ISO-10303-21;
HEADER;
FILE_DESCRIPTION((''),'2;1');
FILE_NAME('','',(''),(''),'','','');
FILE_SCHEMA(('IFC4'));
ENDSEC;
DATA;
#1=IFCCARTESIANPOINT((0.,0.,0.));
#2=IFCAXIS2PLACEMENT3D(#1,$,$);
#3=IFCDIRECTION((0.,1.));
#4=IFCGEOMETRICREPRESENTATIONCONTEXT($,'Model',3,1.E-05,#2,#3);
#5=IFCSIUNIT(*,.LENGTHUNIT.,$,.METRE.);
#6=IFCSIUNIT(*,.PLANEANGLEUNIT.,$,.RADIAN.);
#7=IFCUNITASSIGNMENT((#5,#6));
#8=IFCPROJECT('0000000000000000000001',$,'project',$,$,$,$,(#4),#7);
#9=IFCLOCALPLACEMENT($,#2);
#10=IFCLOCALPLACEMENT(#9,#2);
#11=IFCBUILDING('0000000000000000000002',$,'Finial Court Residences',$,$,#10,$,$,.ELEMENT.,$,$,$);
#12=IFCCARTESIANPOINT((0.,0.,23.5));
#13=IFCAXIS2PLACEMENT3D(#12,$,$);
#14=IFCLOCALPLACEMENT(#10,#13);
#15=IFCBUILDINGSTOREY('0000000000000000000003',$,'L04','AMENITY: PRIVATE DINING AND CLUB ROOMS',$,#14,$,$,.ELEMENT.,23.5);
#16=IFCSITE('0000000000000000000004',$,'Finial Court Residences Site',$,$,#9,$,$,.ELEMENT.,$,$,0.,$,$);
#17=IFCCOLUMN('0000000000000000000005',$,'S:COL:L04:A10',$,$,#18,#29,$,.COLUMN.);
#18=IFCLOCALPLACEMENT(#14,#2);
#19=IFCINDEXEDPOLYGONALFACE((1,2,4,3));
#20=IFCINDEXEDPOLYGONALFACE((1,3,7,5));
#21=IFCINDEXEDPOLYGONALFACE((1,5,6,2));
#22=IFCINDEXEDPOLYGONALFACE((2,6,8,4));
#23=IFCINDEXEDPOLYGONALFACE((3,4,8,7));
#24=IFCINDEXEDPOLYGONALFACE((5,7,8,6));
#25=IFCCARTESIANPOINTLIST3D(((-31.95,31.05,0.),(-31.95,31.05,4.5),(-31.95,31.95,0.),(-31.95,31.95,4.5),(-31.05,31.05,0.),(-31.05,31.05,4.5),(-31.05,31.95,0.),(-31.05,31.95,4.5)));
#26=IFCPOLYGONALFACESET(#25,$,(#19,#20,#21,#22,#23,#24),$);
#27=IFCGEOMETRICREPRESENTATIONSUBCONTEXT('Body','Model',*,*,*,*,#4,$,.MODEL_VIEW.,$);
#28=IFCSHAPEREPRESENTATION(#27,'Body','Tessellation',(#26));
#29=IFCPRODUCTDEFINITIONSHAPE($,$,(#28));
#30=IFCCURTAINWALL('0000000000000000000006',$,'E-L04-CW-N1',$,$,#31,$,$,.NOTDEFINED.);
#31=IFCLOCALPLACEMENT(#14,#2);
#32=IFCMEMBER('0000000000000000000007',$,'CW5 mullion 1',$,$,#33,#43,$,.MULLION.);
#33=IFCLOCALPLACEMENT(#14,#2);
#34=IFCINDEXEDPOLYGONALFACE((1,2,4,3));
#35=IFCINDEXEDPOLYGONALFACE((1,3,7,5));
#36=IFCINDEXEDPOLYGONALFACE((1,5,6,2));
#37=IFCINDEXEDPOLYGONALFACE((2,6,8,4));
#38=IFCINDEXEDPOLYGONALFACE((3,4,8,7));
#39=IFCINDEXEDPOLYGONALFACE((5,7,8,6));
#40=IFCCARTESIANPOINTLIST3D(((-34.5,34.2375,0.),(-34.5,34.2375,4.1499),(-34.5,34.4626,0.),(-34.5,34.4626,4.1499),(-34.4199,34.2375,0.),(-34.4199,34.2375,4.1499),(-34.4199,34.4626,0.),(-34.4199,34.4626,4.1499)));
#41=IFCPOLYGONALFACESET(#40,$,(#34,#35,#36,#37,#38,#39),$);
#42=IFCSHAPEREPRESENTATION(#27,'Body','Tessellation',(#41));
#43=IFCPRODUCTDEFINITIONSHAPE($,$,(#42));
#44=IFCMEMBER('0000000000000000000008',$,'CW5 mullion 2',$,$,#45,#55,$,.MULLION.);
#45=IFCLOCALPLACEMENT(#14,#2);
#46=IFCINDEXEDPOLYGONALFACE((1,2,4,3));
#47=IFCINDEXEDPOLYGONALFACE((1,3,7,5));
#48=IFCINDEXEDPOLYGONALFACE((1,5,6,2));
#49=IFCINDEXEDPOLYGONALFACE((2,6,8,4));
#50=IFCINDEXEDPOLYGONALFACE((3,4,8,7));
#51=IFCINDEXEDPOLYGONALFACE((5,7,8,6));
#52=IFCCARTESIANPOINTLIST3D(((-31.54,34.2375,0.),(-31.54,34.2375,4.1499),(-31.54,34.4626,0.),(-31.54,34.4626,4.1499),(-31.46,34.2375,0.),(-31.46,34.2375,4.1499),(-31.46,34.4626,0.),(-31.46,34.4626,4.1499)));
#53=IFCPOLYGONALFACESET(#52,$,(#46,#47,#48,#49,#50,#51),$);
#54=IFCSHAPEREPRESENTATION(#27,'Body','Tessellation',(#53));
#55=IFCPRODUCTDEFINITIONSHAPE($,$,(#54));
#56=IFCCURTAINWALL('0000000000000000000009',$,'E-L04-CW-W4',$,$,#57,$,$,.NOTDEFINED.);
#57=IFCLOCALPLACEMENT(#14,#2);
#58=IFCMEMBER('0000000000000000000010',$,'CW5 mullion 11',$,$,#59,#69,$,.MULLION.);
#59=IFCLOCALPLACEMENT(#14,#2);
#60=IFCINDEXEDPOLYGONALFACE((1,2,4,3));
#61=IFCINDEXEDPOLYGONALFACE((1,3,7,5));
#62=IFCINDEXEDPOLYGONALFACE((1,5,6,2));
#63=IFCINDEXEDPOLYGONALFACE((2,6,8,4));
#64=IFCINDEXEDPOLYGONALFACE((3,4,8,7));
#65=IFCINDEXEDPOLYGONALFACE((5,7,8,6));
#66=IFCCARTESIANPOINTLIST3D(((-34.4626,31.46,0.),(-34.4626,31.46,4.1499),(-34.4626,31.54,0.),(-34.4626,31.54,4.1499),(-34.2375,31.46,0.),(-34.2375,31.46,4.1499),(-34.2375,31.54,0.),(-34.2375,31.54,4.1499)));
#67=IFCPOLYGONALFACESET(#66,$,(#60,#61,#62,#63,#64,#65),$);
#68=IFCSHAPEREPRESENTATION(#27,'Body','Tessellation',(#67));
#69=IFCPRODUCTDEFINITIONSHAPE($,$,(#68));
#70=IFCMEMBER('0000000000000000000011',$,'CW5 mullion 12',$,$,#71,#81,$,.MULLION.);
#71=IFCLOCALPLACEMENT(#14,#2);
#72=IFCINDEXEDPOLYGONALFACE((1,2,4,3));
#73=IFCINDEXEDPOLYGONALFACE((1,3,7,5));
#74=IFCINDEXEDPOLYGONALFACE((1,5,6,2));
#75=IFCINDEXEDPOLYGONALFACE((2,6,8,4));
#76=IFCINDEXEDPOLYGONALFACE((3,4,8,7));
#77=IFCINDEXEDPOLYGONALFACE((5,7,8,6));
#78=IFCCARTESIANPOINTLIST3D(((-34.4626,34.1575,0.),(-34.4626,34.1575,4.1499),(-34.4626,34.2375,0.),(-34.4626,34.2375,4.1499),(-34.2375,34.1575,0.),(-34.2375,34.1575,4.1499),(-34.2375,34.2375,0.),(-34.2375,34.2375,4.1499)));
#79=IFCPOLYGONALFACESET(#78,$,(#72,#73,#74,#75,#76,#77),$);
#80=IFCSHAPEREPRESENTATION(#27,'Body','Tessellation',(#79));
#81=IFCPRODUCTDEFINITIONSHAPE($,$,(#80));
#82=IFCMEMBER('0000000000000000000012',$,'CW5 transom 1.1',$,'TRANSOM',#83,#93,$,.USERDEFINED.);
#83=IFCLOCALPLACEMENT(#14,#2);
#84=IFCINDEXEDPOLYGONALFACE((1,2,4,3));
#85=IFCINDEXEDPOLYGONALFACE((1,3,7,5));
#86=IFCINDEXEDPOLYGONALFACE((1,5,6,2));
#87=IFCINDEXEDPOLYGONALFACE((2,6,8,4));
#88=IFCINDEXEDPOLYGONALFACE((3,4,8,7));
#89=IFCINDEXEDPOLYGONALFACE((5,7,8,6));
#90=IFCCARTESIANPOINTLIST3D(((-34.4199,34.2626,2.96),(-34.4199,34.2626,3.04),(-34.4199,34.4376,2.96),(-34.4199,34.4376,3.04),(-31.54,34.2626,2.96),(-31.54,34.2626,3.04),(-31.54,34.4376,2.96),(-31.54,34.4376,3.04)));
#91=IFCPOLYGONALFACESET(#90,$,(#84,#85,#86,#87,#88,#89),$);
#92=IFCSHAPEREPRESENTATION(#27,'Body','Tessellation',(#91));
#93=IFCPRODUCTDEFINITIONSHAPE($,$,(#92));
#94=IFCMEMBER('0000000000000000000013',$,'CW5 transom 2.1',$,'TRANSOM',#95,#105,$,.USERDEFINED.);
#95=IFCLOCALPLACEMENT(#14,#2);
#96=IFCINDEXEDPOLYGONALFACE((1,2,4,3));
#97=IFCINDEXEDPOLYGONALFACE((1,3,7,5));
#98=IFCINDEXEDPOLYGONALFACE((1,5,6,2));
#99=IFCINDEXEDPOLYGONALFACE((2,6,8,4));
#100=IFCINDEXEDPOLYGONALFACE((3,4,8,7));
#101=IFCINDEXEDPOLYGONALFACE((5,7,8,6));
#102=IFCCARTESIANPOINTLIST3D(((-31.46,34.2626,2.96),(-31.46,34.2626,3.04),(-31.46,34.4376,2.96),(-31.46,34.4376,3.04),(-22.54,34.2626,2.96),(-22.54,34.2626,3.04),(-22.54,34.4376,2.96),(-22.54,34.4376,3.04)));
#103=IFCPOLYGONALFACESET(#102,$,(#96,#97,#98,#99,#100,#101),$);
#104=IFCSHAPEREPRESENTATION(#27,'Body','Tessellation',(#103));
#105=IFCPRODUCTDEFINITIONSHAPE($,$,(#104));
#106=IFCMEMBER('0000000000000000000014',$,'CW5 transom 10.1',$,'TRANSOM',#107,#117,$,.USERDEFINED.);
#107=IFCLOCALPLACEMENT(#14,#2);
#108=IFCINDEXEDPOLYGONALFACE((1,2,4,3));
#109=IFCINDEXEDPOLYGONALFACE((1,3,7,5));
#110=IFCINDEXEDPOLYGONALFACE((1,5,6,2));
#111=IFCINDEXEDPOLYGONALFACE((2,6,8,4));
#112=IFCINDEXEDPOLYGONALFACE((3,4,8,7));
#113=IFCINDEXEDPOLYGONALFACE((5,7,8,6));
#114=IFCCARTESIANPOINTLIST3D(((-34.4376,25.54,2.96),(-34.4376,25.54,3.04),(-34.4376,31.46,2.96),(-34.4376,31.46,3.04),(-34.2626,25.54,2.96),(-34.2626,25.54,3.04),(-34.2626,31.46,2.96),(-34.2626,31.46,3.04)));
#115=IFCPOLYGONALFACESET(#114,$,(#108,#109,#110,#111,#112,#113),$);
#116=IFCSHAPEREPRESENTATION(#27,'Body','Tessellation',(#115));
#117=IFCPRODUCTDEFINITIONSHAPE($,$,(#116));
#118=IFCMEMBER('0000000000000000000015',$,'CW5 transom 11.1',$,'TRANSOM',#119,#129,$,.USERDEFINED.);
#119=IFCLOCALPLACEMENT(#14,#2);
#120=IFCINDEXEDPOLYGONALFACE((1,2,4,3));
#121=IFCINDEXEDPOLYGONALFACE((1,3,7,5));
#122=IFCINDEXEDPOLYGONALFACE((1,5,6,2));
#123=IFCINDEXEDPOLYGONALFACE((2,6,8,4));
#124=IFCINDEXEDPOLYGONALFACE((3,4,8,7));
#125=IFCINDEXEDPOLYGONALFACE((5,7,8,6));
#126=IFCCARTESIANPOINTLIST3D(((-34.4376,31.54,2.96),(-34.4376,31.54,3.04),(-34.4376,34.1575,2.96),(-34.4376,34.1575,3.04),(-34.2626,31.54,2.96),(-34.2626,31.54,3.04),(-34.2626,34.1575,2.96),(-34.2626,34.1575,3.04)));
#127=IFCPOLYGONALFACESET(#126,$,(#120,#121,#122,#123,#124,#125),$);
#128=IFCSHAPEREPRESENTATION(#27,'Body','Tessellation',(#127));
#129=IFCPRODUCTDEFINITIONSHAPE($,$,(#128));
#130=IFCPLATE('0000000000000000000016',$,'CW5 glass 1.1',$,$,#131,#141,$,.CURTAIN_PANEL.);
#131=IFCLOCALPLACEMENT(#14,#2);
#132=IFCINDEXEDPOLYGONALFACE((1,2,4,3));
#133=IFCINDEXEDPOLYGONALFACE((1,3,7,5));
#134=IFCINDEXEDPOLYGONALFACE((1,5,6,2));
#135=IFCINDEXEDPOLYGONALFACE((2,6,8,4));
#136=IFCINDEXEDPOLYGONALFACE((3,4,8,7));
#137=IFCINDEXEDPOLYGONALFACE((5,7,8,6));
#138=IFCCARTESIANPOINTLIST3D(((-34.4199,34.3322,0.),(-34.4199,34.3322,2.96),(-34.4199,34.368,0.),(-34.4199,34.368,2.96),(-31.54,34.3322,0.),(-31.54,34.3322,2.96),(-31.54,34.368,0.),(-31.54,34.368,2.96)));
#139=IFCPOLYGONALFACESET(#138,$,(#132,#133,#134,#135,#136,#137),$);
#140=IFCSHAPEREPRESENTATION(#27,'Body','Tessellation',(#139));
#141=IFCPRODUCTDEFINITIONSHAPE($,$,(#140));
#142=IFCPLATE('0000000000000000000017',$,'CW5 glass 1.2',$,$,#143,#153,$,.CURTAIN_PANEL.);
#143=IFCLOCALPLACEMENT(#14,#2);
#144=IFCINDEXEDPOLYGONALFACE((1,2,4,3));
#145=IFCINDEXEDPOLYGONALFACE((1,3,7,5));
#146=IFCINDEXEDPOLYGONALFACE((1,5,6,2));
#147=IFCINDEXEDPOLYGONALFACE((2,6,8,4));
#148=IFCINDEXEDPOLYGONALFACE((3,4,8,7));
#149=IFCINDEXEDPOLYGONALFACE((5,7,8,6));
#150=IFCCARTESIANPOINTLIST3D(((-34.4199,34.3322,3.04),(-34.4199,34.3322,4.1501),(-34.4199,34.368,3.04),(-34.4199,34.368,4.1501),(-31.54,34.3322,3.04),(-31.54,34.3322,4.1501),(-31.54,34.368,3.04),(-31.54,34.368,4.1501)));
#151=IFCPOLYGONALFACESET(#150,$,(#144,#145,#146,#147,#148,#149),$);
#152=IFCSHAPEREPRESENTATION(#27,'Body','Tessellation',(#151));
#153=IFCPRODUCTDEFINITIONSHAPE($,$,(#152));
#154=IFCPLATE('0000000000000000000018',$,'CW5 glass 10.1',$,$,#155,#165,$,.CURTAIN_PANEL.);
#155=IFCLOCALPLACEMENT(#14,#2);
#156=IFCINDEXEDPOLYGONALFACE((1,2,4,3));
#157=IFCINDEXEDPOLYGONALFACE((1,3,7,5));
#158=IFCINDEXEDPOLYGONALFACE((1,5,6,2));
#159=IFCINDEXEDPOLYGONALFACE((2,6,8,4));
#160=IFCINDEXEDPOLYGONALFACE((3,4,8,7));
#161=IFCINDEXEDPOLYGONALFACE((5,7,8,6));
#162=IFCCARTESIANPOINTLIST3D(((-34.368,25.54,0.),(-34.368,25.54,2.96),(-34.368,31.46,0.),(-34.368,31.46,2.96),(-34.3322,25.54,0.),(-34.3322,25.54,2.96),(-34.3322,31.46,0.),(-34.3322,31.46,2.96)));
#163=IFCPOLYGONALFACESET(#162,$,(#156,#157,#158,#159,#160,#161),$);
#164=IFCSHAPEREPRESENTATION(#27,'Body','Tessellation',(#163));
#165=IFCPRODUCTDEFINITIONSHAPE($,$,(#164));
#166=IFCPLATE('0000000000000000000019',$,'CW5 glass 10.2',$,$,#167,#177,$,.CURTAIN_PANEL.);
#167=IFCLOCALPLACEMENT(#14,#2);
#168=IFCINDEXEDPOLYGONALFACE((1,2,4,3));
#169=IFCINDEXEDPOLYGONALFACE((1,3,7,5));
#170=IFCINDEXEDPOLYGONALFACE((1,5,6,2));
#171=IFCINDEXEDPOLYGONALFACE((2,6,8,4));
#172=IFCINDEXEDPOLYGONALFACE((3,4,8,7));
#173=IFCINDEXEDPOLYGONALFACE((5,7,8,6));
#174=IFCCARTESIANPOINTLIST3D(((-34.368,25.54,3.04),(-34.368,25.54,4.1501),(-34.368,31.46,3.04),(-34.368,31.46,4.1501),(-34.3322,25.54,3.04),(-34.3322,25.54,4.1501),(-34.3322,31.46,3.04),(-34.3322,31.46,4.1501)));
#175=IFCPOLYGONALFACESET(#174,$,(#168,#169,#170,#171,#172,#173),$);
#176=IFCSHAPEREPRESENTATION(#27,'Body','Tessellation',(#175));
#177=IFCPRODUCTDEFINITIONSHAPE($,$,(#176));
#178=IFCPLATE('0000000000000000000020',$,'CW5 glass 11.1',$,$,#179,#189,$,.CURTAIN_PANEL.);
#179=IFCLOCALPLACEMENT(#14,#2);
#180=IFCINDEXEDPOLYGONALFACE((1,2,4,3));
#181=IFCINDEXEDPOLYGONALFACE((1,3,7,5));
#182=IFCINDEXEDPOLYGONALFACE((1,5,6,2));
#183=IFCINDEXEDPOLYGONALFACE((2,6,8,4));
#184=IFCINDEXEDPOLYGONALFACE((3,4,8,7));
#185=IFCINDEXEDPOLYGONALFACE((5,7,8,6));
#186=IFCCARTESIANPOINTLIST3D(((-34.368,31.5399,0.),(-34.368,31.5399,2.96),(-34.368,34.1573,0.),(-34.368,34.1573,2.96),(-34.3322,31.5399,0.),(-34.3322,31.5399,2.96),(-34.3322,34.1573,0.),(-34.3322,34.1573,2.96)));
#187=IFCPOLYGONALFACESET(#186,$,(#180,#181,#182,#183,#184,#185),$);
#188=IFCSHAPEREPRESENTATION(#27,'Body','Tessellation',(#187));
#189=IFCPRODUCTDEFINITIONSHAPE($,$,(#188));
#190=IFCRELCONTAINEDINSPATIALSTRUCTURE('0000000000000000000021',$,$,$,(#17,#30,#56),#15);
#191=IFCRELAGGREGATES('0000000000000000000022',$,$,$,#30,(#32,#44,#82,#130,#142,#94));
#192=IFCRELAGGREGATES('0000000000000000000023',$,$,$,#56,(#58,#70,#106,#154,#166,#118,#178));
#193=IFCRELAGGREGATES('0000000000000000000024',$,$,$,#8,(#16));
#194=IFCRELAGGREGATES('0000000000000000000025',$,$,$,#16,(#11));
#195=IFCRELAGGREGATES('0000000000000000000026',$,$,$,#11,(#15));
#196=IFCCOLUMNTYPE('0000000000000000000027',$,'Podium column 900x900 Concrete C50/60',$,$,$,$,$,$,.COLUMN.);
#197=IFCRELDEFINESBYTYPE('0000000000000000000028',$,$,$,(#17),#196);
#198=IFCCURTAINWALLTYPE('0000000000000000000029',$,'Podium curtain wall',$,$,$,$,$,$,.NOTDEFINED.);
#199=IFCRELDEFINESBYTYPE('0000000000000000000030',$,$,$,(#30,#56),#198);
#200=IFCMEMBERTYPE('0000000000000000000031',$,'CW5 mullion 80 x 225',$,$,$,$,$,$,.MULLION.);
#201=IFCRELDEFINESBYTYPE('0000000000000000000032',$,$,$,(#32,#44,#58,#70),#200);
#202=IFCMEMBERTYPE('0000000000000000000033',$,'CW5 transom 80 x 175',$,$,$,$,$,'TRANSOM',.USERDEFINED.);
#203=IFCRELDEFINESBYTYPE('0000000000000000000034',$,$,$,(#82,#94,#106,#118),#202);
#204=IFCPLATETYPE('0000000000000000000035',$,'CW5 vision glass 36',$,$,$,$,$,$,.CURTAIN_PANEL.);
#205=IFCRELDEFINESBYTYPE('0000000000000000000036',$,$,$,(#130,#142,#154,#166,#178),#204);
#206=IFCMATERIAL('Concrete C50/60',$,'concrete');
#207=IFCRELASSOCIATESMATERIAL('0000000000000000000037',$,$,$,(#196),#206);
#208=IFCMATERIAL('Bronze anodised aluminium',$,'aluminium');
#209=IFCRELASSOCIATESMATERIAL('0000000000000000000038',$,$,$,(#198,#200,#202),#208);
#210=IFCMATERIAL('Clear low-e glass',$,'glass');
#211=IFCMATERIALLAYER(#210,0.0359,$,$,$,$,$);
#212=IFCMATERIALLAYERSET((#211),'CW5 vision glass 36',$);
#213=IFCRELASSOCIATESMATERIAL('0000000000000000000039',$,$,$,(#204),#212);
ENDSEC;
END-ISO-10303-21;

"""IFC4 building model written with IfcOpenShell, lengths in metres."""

from ifc_helpers import new_model, si_unit, direction, frame, origin, origin_2d, place, context, subcontext, project, spatial, rectangle, extrude, material, layer, layer_set, material_profile, profile_set, type_object, element, aggregate, save


model = new_model("IFC4")

# Units and contexts
model_context = context("Model", 3, precision=1e-05, world=origin(), true_north=direction((0.0, 1.0)))
body_context = subcontext(model_context, "Body", "Model", "MODEL_VIEW")
ifc_project = project(units=[si_unit("LENGTHUNIT", "METRE"), si_unit("PLANEANGLEUNIT", "RADIAN")], contexts=[model_context])

# Site, building, storey
site_placement = place(None, origin())
site = spatial("IfcSite", under=ifc_project, at=site_placement, Name="Finial Court Residences Site", CompositionType="ELEMENT", RefElevation=0.0)
building_placement = place(site_placement, origin())
building = spatial("IfcBuilding", under=site, at=building_placement, Name="Finial Court Residences", CompositionType="ELEMENT")
storey_placement = place(building_placement, frame((0.0, 0.0, 23.5)))
storey = spatial("IfcBuildingStorey", under=building, at=storey_placement, Name="L04", Description="AMENITY: PRIVATE DINING AND CLUB ROOMS", CompositionType="ELEMENT", Elevation=23.5)

# Column
ifc_material_1 = material(Name="Concrete C50/60", Category="concrete")
ifc_material_profile_1 = material_profile(ifc_material_1, rectangle(XDim=0.8999, YDim=0.8999, at=origin_2d()), Name="900x900")
ifc_profile_set_1 = profile_set([ifc_material_profile_1], Name="Concrete C50/60")
column_type = type_object("IfcColumnType", Name="Podium column 900x900 Concrete C50/60", PredefinedType="COLUMN", material=ifc_profile_set_1)
column_placement = place(storey_placement, frame((-31.5, 31.5, 0.0), z_axis=(0.0, 0.0, 1.0), x_axis=(1.0, 0.0, 0.0)))
element("IfcColumn", 1, at=column_placement, inside=storey, type_object=column_type, Name="S:COL:L04:A10", PredefinedType="COLUMN", context=body_context, shape_type="SweptSolid", body=[
    extrude(rectangle(XDim=0.8999, YDim=0.8999, at=origin_2d()), origin(), (0.0, 0.0, 1.0), 4.5),
])

# Curtain walls, members
ifc_material_2 = material(Name="Bronze anodised aluminium", Category="aluminium")
curtain_wall_type = type_object("IfcCurtainWallType", Name="Podium curtain wall", PredefinedType="NOTDEFINED", material=ifc_material_2)
curtain_wall_1_placement = place(storey_placement, origin())
curtain_wall_1 = element("IfcCurtainWall", 2, at=curtain_wall_1_placement, inside=storey, type_object=curtain_wall_type, Name="E-L04-CW-N1", PredefinedType="NOTDEFINED")
ifc_material_profile_2 = material_profile(ifc_material_2, rectangle(XDim=0.2251, YDim=0.0801, at=origin_2d()), Name="CW5 mullion 80 x 225")
ifc_profile_set_2 = profile_set([ifc_material_profile_2], Name="Bronze anodised aluminium")
member_type_1 = type_object("IfcMemberType", Name="CW5 mullion 80 x 225", PredefinedType="MULLION", material=ifc_profile_set_2)
member_1_placement = place(storey_placement, frame((-34.46, 34.3501, 0.0), z_axis=(0.0, 0.0, 1.0), x_axis=(0.0, 1.0, 0.0)))
member_1 = element("IfcMember", 3, at=member_1_placement, type_object=member_type_1, Name="CW5 mullion 1", PredefinedType="MULLION", context=body_context, shape_type="SweptSolid", body=[
    extrude(rectangle(XDim=0.2251, YDim=0.0801, at=origin_2d()), origin(), (0.0, 0.0, 1.0), 4.1499),
])
member_2_placement = place(storey_placement, frame((-31.5, 34.3501, 0.0), z_axis=(0.0, 0.0, 1.0), x_axis=(0.0, 1.0, 0.0)))
member_2 = element("IfcMember", 4, at=member_2_placement, type_object=member_type_1, Name="CW5 mullion 2", PredefinedType="MULLION", context=body_context, shape_type="SweptSolid", body=[
    extrude(rectangle(XDim=0.2251, YDim=0.0801, at=origin_2d()), origin(), (0.0, 0.0, 1.0), 4.1499),
])
curtain_wall_2_placement = place(storey_placement, origin())
curtain_wall_2 = element("IfcCurtainWall", 5, at=curtain_wall_2_placement, inside=storey, type_object=curtain_wall_type, Name="E-L04-CW-W4", PredefinedType="NOTDEFINED")
member_3_placement = place(storey_placement, frame((-34.3501, 31.5, 0.0), z_axis=(0.0, 0.0, 1.0), x_axis=(-1.0, 0.0, 0.0)))
member_3 = element("IfcMember", 6, at=member_3_placement, type_object=member_type_1, Name="CW5 mullion 11", PredefinedType="MULLION", context=body_context, shape_type="SweptSolid", body=[
    extrude(rectangle(XDim=0.2251, YDim=0.0801, at=origin_2d()), origin(), (0.0, 0.0, 1.0), 4.1499),
])
member_4_placement = place(storey_placement, frame((-34.3501, 34.1975, 0.0), z_axis=(0.0, 0.0, 1.0), x_axis=(-1.0, 0.0, 0.0)))
member_4 = element("IfcMember", 7, at=member_4_placement, type_object=member_type_1, Name="CW5 mullion 12", PredefinedType="MULLION", context=body_context, shape_type="SweptSolid", body=[
    extrude(rectangle(XDim=0.2251, YDim=0.0801, at=origin_2d()), origin(), (0.0, 0.0, 1.0), 4.1499),
])

# Members
ifc_material_profile_3 = material_profile(ifc_material_2, rectangle(XDim=0.175, YDim=0.0801, at=origin_2d()), Name="CW5 transom 80 x 175")
ifc_profile_set_3 = profile_set([ifc_material_profile_3], Name="Bronze anodised aluminium")
member_type_2 = type_object("IfcMemberType", Name="CW5 transom 80 x 175", ElementType="TRANSOM", PredefinedType="USERDEFINED", material=ifc_profile_set_3)
member_5_placement = place(storey_placement, frame((-34.4199, 34.3501, 3.0), z_axis=(1.0, 0.0, 0.0), x_axis=(0.0, 1.0, 0.0)))
member_5 = element("IfcMember", 8, at=member_5_placement, type_object=member_type_2, Name="CW5 transom 1.1", ObjectType="TRANSOM", PredefinedType="USERDEFINED", context=body_context, shape_type="SweptSolid", body=[
    extrude(rectangle(XDim=0.175, YDim=0.0801, at=origin_2d()), origin(), (0.0, 0.0, 1.0), 2.8799),
])
member_6_placement = place(storey_placement, frame((-31.46, 34.3501, 3.0), z_axis=(1.0, 0.0, 0.0), x_axis=(0.0, 1.0, 0.0)))
member_6 = element("IfcMember", 9, at=member_6_placement, type_object=member_type_2, Name="CW5 transom 2.1", ObjectType="TRANSOM", PredefinedType="USERDEFINED", context=body_context, shape_type="SweptSolid", body=[
    extrude(rectangle(XDim=0.175, YDim=0.0801, at=origin_2d()), origin(), (0.0, 0.0, 1.0), 8.9199),
])
member_7_placement = place(storey_placement, frame((-34.3501, 25.54, 3.0), z_axis=(0.0, 1.0, 0.0), x_axis=(-1.0, 0.0, 0.0)))
member_7 = element("IfcMember", 10, at=member_7_placement, type_object=member_type_2, Name="CW5 transom 10.1", ObjectType="TRANSOM", PredefinedType="USERDEFINED", context=body_context, shape_type="SweptSolid", body=[
    extrude(rectangle(XDim=0.175, YDim=0.0801, at=origin_2d()), origin(), (0.0, 0.0, 1.0), 5.9199),
])
member_8_placement = place(storey_placement, frame((-34.3501, 31.54, 3.0), z_axis=(0.0, 1.0, 0.0), x_axis=(-1.0, 0.0, 0.0)))
member_8 = element("IfcMember", 11, at=member_8_placement, type_object=member_type_2, Name="CW5 transom 11.1", ObjectType="TRANSOM", PredefinedType="USERDEFINED", context=body_context, shape_type="SweptSolid", body=[
    extrude(rectangle(XDim=0.175, YDim=0.0801, at=origin_2d()), origin(), (0.0, 0.0, 1.0), 2.6174),
])

# Plates
ifc_material_3 = material(Name="Clear low-e glass", Category="glass")
ifc_layer_1 = layer(ifc_material_3, 0.0359)
ifc_layer_set_1 = layer_set([ifc_layer_1], Name="CW5 vision glass 36")
plate_type = type_object("IfcPlateType", Name="CW5 vision glass 36", PredefinedType="CURTAIN_PANEL", material=ifc_layer_set_1)
plate_1_placement = place(storey_placement, frame((-32.98, 34.3501, 0.0), z_axis=(0.0, 0.0, 1.0), x_axis=(1.0, 0.0, 0.0)))
plate_1 = element("IfcPlate", 12, at=plate_1_placement, type_object=plate_type, Name="CW5 glass 1.1", PredefinedType="CURTAIN_PANEL", context=body_context, shape_type="SweptSolid", body=[
    extrude(rectangle(XDim=2.8799, YDim=0.0359, at=origin_2d()), origin(), (0.0, 0.0, 1.0), 2.96),
])
plate_2_placement = place(storey_placement, frame((-32.98, 34.3501, 3.04), z_axis=(0.0, 0.0, 1.0), x_axis=(1.0, 0.0, 0.0)))
plate_2 = element("IfcPlate", 13, at=plate_2_placement, type_object=plate_type, Name="CW5 glass 1.2", PredefinedType="CURTAIN_PANEL", context=body_context, shape_type="SweptSolid", body=[
    extrude(rectangle(XDim=2.8799, YDim=0.0359, at=origin_2d()), origin(), (0.0, 0.0, 1.0), 1.1101),
])
aggregate(curtain_wall_1, [member_1, member_2, member_5, plate_1, plate_2, member_6])
plate_3_placement = place(storey_placement, frame((-34.3501, 28.5, 0.0), z_axis=(0.0, 0.0, 1.0), x_axis=(0.0, 1.0, 0.0)))
plate_3 = element("IfcPlate", 14, at=plate_3_placement, type_object=plate_type, Name="CW5 glass 10.1", PredefinedType="CURTAIN_PANEL", context=body_context, shape_type="SweptSolid", body=[
    extrude(rectangle(XDim=5.9199, YDim=0.0359, at=origin_2d()), origin(), (0.0, 0.0, 1.0), 2.96),
])
plate_4_placement = place(storey_placement, frame((-34.3501, 28.5, 3.04), z_axis=(0.0, 0.0, 1.0), x_axis=(0.0, 1.0, 0.0)))
plate_4 = element("IfcPlate", 15, at=plate_4_placement, type_object=plate_type, Name="CW5 glass 10.2", PredefinedType="CURTAIN_PANEL", context=body_context, shape_type="SweptSolid", body=[
    extrude(rectangle(XDim=5.9199, YDim=0.0359, at=origin_2d()), origin(), (0.0, 0.0, 1.0), 1.1101),
])
plate_5_placement = place(storey_placement, frame((-34.3501, 32.8486, 0.0), z_axis=(0.0, 0.0, 1.0), x_axis=(0.0, 1.0, 0.0)))
plate_5 = element("IfcPlate", 16, at=plate_5_placement, type_object=plate_type, Name="CW5 glass 11.1", PredefinedType="CURTAIN_PANEL", context=body_context, shape_type="SweptSolid", body=[
    extrude(rectangle(XDim=2.6174, YDim=0.0359, at=origin_2d()), origin(), (0.0, 0.0, 1.0), 2.96),
])
aggregate(curtain_wall_2, [member_3, member_4, member_7, plate_3, plate_4, member_8, plate_5])

save(model, "model.ifc")
